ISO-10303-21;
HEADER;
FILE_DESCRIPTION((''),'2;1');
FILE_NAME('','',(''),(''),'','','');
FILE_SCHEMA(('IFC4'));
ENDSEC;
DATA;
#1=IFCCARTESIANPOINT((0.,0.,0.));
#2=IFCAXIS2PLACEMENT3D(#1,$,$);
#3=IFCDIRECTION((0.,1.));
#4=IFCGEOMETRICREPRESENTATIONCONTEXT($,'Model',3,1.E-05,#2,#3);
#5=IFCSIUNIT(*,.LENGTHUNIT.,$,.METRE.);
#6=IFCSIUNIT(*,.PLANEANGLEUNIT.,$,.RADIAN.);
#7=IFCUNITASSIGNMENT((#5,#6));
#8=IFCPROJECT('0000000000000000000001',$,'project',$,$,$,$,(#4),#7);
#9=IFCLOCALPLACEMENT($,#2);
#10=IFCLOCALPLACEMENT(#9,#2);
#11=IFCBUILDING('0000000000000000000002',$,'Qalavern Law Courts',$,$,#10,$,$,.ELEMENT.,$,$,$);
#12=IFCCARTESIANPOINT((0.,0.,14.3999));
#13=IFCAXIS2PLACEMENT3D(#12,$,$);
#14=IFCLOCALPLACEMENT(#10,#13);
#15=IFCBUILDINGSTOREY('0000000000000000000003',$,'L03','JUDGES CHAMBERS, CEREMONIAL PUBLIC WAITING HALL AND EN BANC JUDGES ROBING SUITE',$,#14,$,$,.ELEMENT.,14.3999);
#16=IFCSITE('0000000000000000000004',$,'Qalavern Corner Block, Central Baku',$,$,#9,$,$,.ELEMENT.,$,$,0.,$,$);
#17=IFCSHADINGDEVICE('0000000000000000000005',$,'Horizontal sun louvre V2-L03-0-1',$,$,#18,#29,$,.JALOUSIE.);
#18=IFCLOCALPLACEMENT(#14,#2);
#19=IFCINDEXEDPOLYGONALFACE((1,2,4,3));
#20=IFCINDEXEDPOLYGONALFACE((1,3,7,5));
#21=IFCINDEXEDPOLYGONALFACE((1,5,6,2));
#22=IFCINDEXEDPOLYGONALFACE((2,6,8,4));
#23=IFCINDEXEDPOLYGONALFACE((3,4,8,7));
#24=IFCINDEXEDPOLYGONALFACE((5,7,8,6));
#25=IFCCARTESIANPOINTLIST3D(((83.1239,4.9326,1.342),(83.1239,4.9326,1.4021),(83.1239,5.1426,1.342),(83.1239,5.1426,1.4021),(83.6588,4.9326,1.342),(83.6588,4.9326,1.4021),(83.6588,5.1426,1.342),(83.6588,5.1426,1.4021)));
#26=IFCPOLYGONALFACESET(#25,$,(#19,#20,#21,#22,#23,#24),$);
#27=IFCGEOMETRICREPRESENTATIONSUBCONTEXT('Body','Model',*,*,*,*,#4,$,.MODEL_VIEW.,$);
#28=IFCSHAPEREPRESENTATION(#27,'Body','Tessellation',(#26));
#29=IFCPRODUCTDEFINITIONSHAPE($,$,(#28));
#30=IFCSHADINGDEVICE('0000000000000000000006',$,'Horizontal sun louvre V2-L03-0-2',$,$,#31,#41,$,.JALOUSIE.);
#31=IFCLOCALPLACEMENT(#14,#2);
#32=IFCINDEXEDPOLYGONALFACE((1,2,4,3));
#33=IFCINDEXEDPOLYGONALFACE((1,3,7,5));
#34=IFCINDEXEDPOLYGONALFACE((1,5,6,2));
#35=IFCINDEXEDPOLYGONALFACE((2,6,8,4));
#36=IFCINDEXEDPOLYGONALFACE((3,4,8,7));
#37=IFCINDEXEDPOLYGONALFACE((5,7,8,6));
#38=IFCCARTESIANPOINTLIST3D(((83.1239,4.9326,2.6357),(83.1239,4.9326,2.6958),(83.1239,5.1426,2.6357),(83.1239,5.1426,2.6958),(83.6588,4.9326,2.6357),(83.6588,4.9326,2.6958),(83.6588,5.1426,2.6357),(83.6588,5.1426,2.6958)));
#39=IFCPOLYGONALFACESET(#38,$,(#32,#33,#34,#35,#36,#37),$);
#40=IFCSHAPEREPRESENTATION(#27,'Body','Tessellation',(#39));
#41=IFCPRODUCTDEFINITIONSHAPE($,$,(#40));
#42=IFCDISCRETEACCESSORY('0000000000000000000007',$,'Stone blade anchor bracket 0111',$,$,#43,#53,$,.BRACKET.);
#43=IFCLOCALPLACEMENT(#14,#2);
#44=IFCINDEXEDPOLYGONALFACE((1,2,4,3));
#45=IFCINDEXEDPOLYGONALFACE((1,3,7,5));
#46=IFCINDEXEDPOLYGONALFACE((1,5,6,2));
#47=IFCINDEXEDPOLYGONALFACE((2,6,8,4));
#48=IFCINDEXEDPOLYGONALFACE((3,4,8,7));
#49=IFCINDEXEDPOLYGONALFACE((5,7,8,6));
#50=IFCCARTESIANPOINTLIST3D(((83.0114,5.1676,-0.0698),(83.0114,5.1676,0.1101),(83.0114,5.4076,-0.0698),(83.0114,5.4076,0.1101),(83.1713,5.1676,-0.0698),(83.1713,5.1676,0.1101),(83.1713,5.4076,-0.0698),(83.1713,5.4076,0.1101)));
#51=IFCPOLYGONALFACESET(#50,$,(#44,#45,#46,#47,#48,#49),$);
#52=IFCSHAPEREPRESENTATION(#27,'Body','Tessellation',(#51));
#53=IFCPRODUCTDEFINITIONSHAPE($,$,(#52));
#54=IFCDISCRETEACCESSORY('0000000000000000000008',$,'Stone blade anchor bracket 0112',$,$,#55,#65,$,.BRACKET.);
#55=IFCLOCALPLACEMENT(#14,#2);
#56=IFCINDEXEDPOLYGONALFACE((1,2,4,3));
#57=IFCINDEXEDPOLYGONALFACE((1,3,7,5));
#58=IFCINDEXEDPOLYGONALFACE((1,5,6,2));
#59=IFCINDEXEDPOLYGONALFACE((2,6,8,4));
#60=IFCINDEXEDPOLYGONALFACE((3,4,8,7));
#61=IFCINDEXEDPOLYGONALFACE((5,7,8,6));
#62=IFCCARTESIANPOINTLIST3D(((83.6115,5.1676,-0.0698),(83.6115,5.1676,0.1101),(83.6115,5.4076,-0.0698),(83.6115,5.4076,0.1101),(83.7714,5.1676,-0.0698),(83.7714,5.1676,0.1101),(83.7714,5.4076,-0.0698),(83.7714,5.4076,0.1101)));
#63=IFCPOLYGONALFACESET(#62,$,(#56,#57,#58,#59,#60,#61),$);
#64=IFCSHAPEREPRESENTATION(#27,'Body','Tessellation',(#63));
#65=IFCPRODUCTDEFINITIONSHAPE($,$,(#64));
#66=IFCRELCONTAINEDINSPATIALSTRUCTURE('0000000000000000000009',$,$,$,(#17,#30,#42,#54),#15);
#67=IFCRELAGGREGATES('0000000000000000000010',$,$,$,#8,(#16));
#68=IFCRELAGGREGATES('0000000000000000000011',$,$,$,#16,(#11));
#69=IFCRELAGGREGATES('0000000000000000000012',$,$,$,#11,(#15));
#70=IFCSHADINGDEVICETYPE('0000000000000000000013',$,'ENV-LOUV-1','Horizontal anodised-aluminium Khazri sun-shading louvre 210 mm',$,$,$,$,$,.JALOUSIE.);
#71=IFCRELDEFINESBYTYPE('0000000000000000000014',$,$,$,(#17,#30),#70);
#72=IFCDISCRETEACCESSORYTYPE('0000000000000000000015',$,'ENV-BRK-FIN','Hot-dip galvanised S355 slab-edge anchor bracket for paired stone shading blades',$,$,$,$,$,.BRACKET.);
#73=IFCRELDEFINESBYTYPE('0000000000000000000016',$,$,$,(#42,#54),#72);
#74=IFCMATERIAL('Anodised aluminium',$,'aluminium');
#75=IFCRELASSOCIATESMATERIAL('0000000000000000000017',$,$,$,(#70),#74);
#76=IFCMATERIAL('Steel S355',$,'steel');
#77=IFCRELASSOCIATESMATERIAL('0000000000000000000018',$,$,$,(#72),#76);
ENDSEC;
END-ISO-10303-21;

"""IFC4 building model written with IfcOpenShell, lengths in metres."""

from ifc_helpers import new_model, si_unit, direction, frame, origin, origin_2d, place, context, subcontext, project, spatial, rectangle, extrude, material, type_object, element, save


model = new_model("IFC4")

# Units and contexts
model_context = context("Model", 3, precision=1e-05, world=origin(), true_north=direction((0.0, 1.0)))
body_context = subcontext(model_context, "Body", "Model", "MODEL_VIEW")
ifc_project = project(units=[si_unit("LENGTHUNIT", "METRE"), si_unit("PLANEANGLEUNIT", "RADIAN")], contexts=[model_context])

# Site, building, storey
site_placement = place(None, origin())
site = spatial("IfcSite", under=ifc_project, at=site_placement, Name="Qalavern Corner Block, Central Baku", CompositionType="ELEMENT", RefElevation=0.0)
building_placement = place(site_placement, origin())
building = spatial("IfcBuilding", under=site, at=building_placement, Name="Qalavern Law Courts", CompositionType="ELEMENT")
storey_placement = place(building_placement, frame((0.0, 0.0, 14.3999)))
storey = spatial("IfcBuildingStorey", under=building, at=storey_placement, Name="L03", Description="JUDGES CHAMBERS, CEREMONIAL PUBLIC WAITING HALL AND EN BANC JUDGES ROBING SUITE", CompositionType="ELEMENT", Elevation=14.3999)

# Shared definitions
ifc_material_1 = material(Name="Anodised aluminium", Category="aluminium")

# Shared definitions
ifc_material_2 = material(Name="Steel S355", Category="steel")

# Shading devices
shading_device_type_1 = type_object("IfcShadingDeviceType", Name="ENV-LOUV-1", Description="Horizontal anodised-aluminium Khazri sun-shading louvre 210 mm", PredefinedType="JALOUSIE", material=ifc_material_1)
for number, where, z_axis, x_axis, name in (
    (1, (83.3914, 5.0376, 1.342), (0.0, 0.0, 1.0), (1.0, 0.0, 0.0), "Horizontal sun louvre V2-L03-0-1"),
    (2, (83.3914, 5.0376, 2.6357), (0.0, 0.0, 1.0), (1.0, 0.0, 0.0), "Horizontal sun louvre V2-L03-0-2"),
):
    element("IfcShadingDevice", number, at=place(storey_placement, frame(where, z_axis=z_axis, x_axis=x_axis)), inside=storey, type_object=shading_device_type_1, Name=name, PredefinedType="JALOUSIE", context=body_context, shape_type="SweptSolid", body=[
        extrude(rectangle(XDim=0.5349, YDim=0.21, at=origin_2d()), origin(), (0.0, 0.0, 1.0), 0.0601),
    ])

# Discrete accessories
discrete_accessory_type = type_object("IfcDiscreteAccessoryType", Name="ENV-BRK-FIN", Description="Hot-dip galvanised S355 slab-edge anchor bracket for paired stone shading blades", PredefinedType="BRACKET", material=ifc_material_2)
for number, where, z_axis, x_axis, name in (
    (3, (83.0913, 5.2876, -0.0698), (0.0, 0.0, 1.0), (0.0, -1.0, 0.0), "Stone blade anchor bracket 0111"),
    (4, (83.6914, 5.2876, -0.0698), (0.0, 0.0, 1.0), (0.0, -1.0, 0.0), "Stone blade anchor bracket 0112"),
):
    element("IfcDiscreteAccessory", number, at=place(storey_placement, frame(where, z_axis=z_axis, x_axis=x_axis)), inside=storey, type_object=discrete_accessory_type, Name=name, PredefinedType="BRACKET", context=body_context, shape_type="SweptSolid", body=[
        extrude(rectangle(XDim=0.24, YDim=0.1599, at=origin_2d()), origin(), (0.0, 0.0, 1.0), 0.1799),
    ])

save(model, "model.ifc")
